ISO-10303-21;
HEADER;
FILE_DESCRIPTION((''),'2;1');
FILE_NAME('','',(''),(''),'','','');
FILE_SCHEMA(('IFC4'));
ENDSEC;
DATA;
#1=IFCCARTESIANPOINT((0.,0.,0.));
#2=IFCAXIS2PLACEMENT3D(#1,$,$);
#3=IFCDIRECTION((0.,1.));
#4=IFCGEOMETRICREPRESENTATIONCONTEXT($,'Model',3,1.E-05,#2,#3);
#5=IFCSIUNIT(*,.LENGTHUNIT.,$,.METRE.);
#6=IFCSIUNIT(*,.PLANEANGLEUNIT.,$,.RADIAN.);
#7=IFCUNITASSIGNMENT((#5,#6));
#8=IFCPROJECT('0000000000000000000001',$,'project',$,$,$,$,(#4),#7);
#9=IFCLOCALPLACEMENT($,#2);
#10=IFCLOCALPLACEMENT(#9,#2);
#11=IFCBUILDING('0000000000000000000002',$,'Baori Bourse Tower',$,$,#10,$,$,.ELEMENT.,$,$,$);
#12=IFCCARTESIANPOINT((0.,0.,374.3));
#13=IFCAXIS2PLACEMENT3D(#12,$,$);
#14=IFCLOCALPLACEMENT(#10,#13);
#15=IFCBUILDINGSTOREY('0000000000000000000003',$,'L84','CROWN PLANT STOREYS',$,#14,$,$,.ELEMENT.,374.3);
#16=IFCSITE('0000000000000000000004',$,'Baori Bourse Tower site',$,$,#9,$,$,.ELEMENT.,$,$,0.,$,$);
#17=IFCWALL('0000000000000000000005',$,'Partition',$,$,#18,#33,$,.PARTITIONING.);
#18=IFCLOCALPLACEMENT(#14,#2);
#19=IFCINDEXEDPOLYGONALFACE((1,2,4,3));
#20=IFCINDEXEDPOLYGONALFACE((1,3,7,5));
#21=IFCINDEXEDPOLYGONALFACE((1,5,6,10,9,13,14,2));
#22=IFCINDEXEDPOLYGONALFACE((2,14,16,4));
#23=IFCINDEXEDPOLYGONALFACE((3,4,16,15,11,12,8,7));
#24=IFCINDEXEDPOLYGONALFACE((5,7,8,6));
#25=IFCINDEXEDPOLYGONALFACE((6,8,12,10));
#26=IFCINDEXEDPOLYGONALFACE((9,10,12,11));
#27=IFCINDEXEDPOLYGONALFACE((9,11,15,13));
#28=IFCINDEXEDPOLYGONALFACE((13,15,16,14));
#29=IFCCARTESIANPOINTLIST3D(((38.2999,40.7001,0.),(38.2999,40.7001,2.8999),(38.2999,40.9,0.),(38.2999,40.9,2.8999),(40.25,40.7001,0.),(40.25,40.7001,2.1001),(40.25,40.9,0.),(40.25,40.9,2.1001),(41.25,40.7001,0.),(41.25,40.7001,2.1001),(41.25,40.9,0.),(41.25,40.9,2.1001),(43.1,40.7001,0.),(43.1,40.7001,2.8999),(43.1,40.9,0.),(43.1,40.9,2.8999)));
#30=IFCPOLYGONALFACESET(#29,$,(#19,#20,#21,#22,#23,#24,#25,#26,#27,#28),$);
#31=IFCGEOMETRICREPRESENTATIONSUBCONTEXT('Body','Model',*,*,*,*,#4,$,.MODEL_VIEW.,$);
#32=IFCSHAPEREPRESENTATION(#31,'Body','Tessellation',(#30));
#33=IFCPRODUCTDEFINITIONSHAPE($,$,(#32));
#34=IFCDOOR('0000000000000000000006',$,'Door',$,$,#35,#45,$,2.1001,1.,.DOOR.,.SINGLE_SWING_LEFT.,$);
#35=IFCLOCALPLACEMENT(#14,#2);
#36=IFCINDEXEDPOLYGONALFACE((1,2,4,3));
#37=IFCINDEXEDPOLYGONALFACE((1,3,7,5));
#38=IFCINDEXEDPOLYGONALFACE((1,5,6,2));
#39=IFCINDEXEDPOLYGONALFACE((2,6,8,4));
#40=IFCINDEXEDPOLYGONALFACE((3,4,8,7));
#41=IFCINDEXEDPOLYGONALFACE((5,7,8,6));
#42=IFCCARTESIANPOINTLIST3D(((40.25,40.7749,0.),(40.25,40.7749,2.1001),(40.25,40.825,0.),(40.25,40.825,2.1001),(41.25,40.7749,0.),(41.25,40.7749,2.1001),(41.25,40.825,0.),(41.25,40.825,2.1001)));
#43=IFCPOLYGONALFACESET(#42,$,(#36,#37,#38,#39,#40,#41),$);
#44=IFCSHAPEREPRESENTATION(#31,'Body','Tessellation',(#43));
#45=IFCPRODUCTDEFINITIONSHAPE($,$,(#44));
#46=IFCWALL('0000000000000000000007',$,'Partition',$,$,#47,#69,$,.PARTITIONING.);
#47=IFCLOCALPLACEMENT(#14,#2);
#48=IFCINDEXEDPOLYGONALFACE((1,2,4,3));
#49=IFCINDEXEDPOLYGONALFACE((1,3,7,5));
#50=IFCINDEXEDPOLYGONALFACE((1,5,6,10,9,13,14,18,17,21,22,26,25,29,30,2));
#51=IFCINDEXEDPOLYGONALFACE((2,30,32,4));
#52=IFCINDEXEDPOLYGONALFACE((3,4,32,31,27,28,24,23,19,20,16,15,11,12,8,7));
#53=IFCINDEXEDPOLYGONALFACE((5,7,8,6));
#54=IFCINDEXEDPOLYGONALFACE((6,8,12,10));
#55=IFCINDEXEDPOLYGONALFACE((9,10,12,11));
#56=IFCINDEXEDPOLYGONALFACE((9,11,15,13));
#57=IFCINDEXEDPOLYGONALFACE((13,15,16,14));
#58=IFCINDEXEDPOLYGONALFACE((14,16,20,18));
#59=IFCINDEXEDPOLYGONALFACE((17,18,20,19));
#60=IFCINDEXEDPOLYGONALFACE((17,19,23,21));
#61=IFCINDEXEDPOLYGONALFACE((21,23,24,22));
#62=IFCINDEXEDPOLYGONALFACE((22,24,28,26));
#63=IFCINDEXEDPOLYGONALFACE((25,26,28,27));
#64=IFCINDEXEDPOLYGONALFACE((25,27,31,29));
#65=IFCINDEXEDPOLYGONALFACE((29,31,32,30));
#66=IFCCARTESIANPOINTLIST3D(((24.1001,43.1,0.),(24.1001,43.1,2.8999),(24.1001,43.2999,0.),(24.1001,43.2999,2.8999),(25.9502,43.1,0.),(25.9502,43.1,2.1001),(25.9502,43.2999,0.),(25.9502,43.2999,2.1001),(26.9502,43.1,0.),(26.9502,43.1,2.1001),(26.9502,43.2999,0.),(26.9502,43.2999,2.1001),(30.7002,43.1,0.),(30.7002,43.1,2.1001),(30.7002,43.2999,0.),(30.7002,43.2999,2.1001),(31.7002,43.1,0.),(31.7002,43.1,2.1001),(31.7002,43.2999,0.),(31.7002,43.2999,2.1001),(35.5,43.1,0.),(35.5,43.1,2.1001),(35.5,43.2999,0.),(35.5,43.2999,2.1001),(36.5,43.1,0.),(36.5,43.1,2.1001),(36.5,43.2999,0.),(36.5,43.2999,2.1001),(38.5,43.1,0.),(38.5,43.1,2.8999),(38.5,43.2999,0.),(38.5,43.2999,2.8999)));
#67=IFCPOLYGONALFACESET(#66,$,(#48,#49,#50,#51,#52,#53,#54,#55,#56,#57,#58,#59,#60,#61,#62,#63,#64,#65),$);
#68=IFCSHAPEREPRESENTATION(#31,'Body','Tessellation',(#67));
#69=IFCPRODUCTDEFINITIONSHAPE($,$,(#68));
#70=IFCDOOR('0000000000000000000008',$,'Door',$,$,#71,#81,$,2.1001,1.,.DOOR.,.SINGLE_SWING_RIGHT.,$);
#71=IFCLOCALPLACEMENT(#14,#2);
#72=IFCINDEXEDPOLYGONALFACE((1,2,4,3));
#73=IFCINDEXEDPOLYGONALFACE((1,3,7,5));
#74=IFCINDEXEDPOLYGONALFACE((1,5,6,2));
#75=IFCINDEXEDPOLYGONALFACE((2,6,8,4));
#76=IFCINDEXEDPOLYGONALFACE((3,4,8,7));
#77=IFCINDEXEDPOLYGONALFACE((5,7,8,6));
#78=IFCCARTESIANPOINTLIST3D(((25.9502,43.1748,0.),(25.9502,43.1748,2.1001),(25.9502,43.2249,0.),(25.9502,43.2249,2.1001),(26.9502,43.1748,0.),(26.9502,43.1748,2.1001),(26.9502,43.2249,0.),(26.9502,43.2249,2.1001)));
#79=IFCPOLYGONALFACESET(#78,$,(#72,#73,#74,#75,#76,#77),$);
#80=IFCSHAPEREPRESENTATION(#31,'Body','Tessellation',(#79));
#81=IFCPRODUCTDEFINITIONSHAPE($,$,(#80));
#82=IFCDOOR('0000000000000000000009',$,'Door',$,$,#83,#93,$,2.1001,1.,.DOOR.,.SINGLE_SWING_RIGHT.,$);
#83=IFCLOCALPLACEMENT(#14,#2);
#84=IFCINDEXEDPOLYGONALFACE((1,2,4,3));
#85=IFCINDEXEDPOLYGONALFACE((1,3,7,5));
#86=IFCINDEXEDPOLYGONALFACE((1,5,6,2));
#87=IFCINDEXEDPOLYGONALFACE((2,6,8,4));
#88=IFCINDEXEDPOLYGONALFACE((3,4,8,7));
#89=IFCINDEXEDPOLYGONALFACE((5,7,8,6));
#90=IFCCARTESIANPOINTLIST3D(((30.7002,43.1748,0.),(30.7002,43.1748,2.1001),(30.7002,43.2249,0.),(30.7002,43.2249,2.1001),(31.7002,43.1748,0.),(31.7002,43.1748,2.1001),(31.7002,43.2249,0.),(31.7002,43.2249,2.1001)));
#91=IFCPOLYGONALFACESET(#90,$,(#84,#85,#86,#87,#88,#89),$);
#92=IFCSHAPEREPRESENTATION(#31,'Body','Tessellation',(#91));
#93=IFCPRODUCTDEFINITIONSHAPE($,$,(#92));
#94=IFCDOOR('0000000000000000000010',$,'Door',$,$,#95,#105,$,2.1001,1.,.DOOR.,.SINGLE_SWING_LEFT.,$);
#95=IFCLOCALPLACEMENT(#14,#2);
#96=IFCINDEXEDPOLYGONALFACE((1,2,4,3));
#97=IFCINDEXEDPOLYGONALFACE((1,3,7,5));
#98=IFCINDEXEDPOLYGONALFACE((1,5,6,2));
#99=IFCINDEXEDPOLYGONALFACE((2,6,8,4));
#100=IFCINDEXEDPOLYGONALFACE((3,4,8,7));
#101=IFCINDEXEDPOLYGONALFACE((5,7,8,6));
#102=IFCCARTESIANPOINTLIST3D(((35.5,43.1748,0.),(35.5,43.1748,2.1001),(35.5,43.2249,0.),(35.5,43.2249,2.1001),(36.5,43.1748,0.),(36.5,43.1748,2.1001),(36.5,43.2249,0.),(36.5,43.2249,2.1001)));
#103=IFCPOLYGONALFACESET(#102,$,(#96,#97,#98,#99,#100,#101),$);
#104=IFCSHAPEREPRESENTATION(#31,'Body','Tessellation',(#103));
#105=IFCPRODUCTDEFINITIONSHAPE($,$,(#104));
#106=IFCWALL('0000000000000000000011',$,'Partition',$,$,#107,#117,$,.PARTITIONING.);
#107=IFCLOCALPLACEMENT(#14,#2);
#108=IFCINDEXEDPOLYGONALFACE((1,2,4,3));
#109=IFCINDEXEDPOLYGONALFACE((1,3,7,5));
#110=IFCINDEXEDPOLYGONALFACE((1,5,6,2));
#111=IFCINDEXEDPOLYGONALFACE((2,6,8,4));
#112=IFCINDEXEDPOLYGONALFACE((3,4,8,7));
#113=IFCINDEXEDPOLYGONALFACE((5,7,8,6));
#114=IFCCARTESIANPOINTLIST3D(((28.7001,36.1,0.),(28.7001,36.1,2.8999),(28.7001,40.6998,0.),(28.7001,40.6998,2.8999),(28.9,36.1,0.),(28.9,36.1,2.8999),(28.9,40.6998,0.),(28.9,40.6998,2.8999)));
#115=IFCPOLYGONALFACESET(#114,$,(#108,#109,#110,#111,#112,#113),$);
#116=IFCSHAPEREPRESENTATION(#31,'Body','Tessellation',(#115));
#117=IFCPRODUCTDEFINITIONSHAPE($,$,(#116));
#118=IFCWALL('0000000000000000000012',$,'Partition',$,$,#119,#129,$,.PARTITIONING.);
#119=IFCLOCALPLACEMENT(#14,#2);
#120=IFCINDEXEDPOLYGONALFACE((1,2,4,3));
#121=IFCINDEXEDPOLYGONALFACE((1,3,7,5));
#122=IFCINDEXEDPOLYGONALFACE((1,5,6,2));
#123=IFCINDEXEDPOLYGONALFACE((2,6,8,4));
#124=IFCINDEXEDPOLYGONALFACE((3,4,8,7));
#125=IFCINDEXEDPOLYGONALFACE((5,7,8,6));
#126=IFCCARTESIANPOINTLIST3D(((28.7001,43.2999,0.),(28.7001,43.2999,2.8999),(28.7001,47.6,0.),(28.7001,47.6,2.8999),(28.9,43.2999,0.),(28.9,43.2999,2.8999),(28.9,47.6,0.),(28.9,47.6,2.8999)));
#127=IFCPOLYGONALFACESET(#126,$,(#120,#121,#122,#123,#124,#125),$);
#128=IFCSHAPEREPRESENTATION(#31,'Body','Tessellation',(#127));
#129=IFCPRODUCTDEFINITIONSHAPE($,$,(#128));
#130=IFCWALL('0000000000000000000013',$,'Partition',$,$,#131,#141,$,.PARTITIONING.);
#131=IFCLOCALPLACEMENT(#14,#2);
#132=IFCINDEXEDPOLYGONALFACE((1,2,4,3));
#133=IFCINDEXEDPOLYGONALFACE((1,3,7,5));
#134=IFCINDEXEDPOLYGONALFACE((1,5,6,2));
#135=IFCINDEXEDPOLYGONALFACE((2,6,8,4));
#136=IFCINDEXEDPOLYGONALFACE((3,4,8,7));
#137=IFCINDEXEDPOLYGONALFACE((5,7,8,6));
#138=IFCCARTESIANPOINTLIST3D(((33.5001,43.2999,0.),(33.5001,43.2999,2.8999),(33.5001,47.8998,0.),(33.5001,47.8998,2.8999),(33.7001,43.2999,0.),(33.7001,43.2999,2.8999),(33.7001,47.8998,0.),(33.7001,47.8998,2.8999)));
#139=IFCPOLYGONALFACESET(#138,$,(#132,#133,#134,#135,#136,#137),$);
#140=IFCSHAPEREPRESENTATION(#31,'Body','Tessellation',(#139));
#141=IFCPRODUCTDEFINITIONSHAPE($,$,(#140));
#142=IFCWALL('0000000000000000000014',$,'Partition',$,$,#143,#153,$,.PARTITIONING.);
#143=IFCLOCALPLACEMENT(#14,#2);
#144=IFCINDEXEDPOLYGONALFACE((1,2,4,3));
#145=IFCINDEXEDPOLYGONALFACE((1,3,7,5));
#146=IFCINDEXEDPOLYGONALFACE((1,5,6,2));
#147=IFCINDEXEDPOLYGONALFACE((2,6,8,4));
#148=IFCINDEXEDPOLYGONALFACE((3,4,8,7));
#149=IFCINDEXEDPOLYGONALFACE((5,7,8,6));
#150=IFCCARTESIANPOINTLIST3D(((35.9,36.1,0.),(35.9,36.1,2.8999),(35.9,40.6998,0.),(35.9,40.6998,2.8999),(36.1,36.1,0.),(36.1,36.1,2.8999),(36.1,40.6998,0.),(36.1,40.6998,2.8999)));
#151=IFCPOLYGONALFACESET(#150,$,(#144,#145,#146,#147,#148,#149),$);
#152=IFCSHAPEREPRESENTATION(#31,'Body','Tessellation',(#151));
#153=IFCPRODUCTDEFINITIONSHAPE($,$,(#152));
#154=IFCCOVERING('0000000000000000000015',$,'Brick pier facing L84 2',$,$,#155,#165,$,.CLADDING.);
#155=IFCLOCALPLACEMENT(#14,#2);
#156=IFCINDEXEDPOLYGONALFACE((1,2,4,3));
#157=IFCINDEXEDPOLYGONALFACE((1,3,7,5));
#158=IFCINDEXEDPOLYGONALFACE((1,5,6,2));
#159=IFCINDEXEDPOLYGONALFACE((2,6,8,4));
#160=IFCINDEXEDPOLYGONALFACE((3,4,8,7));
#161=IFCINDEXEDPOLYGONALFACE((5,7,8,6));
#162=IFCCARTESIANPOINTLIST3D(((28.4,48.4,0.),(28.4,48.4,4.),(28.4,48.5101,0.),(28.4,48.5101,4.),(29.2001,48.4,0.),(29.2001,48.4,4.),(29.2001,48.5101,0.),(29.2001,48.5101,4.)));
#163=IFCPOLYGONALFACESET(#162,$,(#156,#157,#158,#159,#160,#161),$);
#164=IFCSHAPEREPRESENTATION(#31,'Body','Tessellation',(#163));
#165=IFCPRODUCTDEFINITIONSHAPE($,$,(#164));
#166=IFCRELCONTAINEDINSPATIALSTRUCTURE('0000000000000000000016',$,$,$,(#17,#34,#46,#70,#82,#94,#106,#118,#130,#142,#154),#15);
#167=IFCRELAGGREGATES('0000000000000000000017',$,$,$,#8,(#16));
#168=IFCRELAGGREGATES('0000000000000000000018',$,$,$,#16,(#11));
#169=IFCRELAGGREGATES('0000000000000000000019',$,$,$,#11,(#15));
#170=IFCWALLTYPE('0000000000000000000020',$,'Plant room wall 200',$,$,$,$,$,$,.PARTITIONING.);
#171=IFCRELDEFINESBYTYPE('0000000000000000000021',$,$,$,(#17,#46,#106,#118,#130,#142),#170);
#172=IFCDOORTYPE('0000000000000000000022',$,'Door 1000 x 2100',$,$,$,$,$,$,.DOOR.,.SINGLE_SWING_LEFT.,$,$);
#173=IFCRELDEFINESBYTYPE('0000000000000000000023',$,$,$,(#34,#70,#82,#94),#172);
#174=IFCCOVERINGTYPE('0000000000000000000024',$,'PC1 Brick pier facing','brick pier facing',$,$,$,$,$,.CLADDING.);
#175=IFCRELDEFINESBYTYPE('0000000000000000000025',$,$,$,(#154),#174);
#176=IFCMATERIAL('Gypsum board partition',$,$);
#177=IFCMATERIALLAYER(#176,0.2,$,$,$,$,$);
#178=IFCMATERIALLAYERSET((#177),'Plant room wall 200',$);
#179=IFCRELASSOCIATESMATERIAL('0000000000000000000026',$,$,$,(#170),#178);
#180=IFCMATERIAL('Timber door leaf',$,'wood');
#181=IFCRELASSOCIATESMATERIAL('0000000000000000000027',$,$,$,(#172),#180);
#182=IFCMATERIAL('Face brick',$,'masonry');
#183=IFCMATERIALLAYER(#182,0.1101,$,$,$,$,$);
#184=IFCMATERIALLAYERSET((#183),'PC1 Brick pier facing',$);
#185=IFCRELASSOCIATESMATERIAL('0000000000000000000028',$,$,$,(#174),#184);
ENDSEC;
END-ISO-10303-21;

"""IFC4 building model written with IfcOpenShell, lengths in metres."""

from ifc_helpers import new_model, si_unit, direction, frame, frame_2d, origin, origin_2d, place, context, subcontext, project, spatial, rectangle, extrude, material, layer, layer_set, type_object, element, fill, save


model = new_model("IFC4")

# Units and contexts
model_context = context("Model", 3, precision=1e-05, world=origin(), true_north=direction((0.0, 1.0)))
body_context = subcontext(model_context, "Body", "Model", "MODEL_VIEW")
ifc_project = project(units=[si_unit("LENGTHUNIT", "METRE"), si_unit("PLANEANGLEUNIT", "RADIAN")], contexts=[model_context])

# Site, building, storey
site_placement = place(None, origin())
site = spatial("IfcSite", under=ifc_project, at=site_placement, Name="Baori Bourse Tower site", CompositionType="ELEMENT", RefElevation=0.0)
building_placement = place(site_placement, origin())
building = spatial("IfcBuilding", under=site, at=building_placement, Name="Baori Bourse Tower", CompositionType="ELEMENT")
storey_placement = place(building_placement, frame((0.0, 0.0, 374.3)))
storey = spatial("IfcBuildingStorey", under=building, at=storey_placement, Name="L84", Description="CROWN PLANT STOREYS", CompositionType="ELEMENT", Elevation=374.3)

# Wall, opening, door
ifc_material_1 = material(Name="Gypsum board partition")
ifc_layer_1 = layer(ifc_material_1, 0.2)
ifc_layer_set_1 = layer_set([ifc_layer_1], Name="Plant room wall 200")
wall_type = type_object("IfcWallType", Name="Plant room wall 200", PredefinedType="PARTITIONING", material=ifc_layer_set_1)
wall_1_placement = place(storey_placement, frame((38.3, 40.8, 0.0), z_axis=(0.0, 0.0, 1.0), x_axis=(1.0, 0.0, 0.0)))
wall_1 = element("IfcWall", 1, at=wall_1_placement, inside=storey, type_object=wall_type, Name="Partition", PredefinedType="PARTITIONING", context=body_context, shape_type="SweptSolid", body=[
    extrude(rectangle(XDim=4.8, YDim=0.2, at=frame_2d((2.3999, 0.0))), origin(), (0.0, 0.0, 1.0), 2.8999),
])
opening_1_placement = place(wall_1_placement, frame((1.95, 0.0, 0.0)))
opening_1 = element("IfcOpeningElement", 2, at=opening_1_placement, cuts=wall_1, PredefinedType="OPENING", context=body_context, shape_type="SweptSolid", body=[
    extrude(rectangle(XDim=1.0, YDim=2.1001, at=frame_2d((0.5, 1.05))), frame((0.0, 0.1099, 0.0), z_axis=(0.0, -1.0, 0.0), x_axis=(1.0, 0.0, 0.0)), (0.0, 0.0, 1.0), 0.22),
])
ifc_material_2 = material(Name="Timber door leaf", Category="wood")
door_type = type_object("IfcDoorType", Name="Door 1000 x 2100", OperationType="SINGLE_SWING_LEFT", PredefinedType="DOOR", material=ifc_material_2)
door_1_placement = place(opening_1_placement, origin())
door_1 = element("IfcDoor", 3, at=door_1_placement, inside=storey, type_object=door_type, Name="Door", OperationType="SINGLE_SWING_LEFT", OverallHeight=2.1001, OverallWidth=1.0, PredefinedType="DOOR", context=body_context, shape_type="SweptSolid", body=[
    extrude(rectangle(XDim=1.0, YDim=2.1001, at=frame_2d((0.5, 1.05))), frame((0.0, 0.0249, 0.0), z_axis=(0.0, -1.0, 0.0), x_axis=(1.0, 0.0, 0.0)), (0.0, 0.0, 1.0), 0.05),
])
fill(opening_1, door_1)

# Wall, openings, doors
wall_2_placement = place(storey_placement, frame((24.1001, 43.2, 0.0), z_axis=(0.0, 0.0, 1.0), x_axis=(1.0, 0.0, 0.0)))
wall_2 = element("IfcWall", 4, at=wall_2_placement, inside=storey, type_object=wall_type, Name="Partition", PredefinedType="PARTITIONING", context=body_context, shape_type="SweptSolid", body=[
    extrude(rectangle(XDim=14.3999, YDim=0.2, at=frame_2d((7.2, 0.0))), origin(), (0.0, 0.0, 1.0), 2.8999),
])
opening_2_placement = place(wall_2_placement, frame((1.8501, 0.0, 0.0)))
opening_2 = element("IfcOpeningElement", 5, at=opening_2_placement, cuts=wall_2, PredefinedType="OPENING", context=body_context, shape_type="SweptSolid", body=[
    extrude(rectangle(XDim=1.0, YDim=2.1001, at=frame_2d((0.5, 1.05))), frame((0.0, 0.1099, 0.0), z_axis=(0.0, -1.0, 0.0), x_axis=(1.0, 0.0, 0.0)), (0.0, 0.0, 1.0), 0.22),
])
opening_3_placement = place(wall_2_placement, frame((6.6001, 0.0, 0.0)))
opening_3 = element("IfcOpeningElement", 6, at=opening_3_placement, cuts=wall_2, PredefinedType="OPENING", context=body_context, shape_type="SweptSolid", body=[
    extrude(rectangle(XDim=1.0, YDim=2.1001, at=frame_2d((0.5, 1.05))), frame((0.0, 0.1099, 0.0), z_axis=(0.0, -1.0, 0.0), x_axis=(1.0, 0.0, 0.0)), (0.0, 0.0, 1.0), 0.22),
])
opening_4_placement = place(wall_2_placement, frame((11.3999, 0.0, 0.0)))
opening_4 = element("IfcOpeningElement", 7, at=opening_4_placement, cuts=wall_2, PredefinedType="OPENING", context=body_context, shape_type="SweptSolid", body=[
    extrude(rectangle(XDim=1.0, YDim=2.1001, at=frame_2d((0.5, 1.05))), frame((0.0, 0.1099, 0.0), z_axis=(0.0, -1.0, 0.0), x_axis=(1.0, 0.0, 0.0)), (0.0, 0.0, 1.0), 0.22),
])
door_2_placement = place(opening_2_placement, origin())
door_2 = element("IfcDoor", 8, at=door_2_placement, inside=storey, type_object=door_type, Name="Door", OperationType="SINGLE_SWING_RIGHT", OverallHeight=2.1001, OverallWidth=1.0, PredefinedType="DOOR", context=body_context, shape_type="SweptSolid", body=[
    extrude(rectangle(XDim=1.0, YDim=2.1001, at=frame_2d((0.5, 1.05))), frame((0.0, 0.0249, 0.0), z_axis=(0.0, -1.0, 0.0), x_axis=(1.0, 0.0, 0.0)), (0.0, 0.0, 1.0), 0.05),
])
fill(opening_2, door_2)
door_3_placement = place(opening_3_placement, origin())
door_3 = element("IfcDoor", 9, at=door_3_placement, inside=storey, type_object=door_type, Name="Door", OperationType="SINGLE_SWING_RIGHT", OverallHeight=2.1001, OverallWidth=1.0, PredefinedType="DOOR", context=body_context, shape_type="SweptSolid", body=[
    extrude(rectangle(XDim=1.0, YDim=2.1001, at=frame_2d((0.5, 1.05))), frame((0.0, 0.0249, 0.0), z_axis=(0.0, -1.0, 0.0), x_axis=(1.0, 0.0, 0.0)), (0.0, 0.0, 1.0), 0.05),
])
fill(opening_3, door_3)
door_4_placement = place(opening_4_placement, origin())
door_4 = element("IfcDoor", 10, at=door_4_placement, inside=storey, type_object=door_type, Name="Door", OperationType="SINGLE_SWING_LEFT", OverallHeight=2.1001, OverallWidth=1.0, PredefinedType="DOOR", context=body_context, shape_type="SweptSolid", body=[
    extrude(rectangle(XDim=1.0, YDim=2.1001, at=frame_2d((0.5, 1.05))), frame((0.0, 0.0249, 0.0), z_axis=(0.0, -1.0, 0.0), x_axis=(1.0, 0.0, 0.0)), (0.0, 0.0, 1.0), 0.05),
])
fill(opening_4, door_4)

# Walls
wall_3_placement = place(storey_placement, frame((28.8, 36.1001, 0.0), z_axis=(0.0, 0.0, 1.0), x_axis=(0.0, 1.0, 0.0)))
element("IfcWall", 11, at=wall_3_placement, inside=storey, type_object=wall_type, Name="Partition", PredefinedType="PARTITIONING", context=body_context, shape_type="SweptSolid", body=[
    extrude(rectangle(XDim=4.5999, YDim=0.2, at=frame_2d((2.2998, 0.0))), origin(), (0.0, 0.0, 1.0), 2.8999),
])
wall_4_placement = place(storey_placement, frame((28.8, 43.3, 0.0), z_axis=(0.0, 0.0, 1.0), x_axis=(0.0, 1.0, 0.0)))
element("IfcWall", 12, at=wall_4_placement, inside=storey, type_object=wall_type, Name="Partition", PredefinedType="PARTITIONING", context=body_context, shape_type="SweptSolid", body=[
    extrude(rectangle(XDim=4.3, YDim=0.2, at=frame_2d((2.1499, 0.0))), origin(), (0.0, 0.0, 1.0), 2.8999),
])
for number, where, z_axis, x_axis, name in (
    (13, (33.6001, 43.3, 0.0), (0.0, 0.0, 1.0), (0.0, 1.0, 0.0), "Partition"),
    (14, (36.0, 36.1001, 0.0), (0.0, 0.0, 1.0), (0.0, 1.0, 0.0), "Partition"),
):
    element("IfcWall", number, at=place(storey_placement, frame(where, z_axis=z_axis, x_axis=x_axis)), inside=storey, type_object=wall_type, Name=name, PredefinedType="PARTITIONING", context=body_context, shape_type="SweptSolid", body=[
        extrude(rectangle(XDim=4.5999, YDim=0.2, at=frame_2d((2.2998, 0.0))), origin(), (0.0, 0.0, 1.0), 2.8999),
    ])

# Covering
ifc_material_3 = material(Name="Face brick", Category="masonry")
ifc_layer_2 = layer(ifc_material_3, 0.1101)
ifc_layer_set_2 = layer_set([ifc_layer_2], Name="PC1 Brick pier facing")
covering_type = type_object("IfcCoveringType", Name="PC1 Brick pier facing", Description="brick pier facing", PredefinedType="CLADDING", material=ifc_layer_set_2)
covering_placement = place(storey_placement, frame((28.8, 48.4551, 0.0), z_axis=(0.0, 0.0, 1.0), x_axis=(1.0, 0.0, 0.0)))
element("IfcCovering", 15, at=covering_placement, inside=storey, type_object=covering_type, Name="Brick pier facing L84 2", PredefinedType="CLADDING", context=body_context, shape_type="SweptSolid", body=[
    extrude(rectangle(XDim=0.8, YDim=0.1101, at=origin_2d()), origin(), (0.0, 0.0, 1.0), 4.0),
])

save(model, "model.ifc")
